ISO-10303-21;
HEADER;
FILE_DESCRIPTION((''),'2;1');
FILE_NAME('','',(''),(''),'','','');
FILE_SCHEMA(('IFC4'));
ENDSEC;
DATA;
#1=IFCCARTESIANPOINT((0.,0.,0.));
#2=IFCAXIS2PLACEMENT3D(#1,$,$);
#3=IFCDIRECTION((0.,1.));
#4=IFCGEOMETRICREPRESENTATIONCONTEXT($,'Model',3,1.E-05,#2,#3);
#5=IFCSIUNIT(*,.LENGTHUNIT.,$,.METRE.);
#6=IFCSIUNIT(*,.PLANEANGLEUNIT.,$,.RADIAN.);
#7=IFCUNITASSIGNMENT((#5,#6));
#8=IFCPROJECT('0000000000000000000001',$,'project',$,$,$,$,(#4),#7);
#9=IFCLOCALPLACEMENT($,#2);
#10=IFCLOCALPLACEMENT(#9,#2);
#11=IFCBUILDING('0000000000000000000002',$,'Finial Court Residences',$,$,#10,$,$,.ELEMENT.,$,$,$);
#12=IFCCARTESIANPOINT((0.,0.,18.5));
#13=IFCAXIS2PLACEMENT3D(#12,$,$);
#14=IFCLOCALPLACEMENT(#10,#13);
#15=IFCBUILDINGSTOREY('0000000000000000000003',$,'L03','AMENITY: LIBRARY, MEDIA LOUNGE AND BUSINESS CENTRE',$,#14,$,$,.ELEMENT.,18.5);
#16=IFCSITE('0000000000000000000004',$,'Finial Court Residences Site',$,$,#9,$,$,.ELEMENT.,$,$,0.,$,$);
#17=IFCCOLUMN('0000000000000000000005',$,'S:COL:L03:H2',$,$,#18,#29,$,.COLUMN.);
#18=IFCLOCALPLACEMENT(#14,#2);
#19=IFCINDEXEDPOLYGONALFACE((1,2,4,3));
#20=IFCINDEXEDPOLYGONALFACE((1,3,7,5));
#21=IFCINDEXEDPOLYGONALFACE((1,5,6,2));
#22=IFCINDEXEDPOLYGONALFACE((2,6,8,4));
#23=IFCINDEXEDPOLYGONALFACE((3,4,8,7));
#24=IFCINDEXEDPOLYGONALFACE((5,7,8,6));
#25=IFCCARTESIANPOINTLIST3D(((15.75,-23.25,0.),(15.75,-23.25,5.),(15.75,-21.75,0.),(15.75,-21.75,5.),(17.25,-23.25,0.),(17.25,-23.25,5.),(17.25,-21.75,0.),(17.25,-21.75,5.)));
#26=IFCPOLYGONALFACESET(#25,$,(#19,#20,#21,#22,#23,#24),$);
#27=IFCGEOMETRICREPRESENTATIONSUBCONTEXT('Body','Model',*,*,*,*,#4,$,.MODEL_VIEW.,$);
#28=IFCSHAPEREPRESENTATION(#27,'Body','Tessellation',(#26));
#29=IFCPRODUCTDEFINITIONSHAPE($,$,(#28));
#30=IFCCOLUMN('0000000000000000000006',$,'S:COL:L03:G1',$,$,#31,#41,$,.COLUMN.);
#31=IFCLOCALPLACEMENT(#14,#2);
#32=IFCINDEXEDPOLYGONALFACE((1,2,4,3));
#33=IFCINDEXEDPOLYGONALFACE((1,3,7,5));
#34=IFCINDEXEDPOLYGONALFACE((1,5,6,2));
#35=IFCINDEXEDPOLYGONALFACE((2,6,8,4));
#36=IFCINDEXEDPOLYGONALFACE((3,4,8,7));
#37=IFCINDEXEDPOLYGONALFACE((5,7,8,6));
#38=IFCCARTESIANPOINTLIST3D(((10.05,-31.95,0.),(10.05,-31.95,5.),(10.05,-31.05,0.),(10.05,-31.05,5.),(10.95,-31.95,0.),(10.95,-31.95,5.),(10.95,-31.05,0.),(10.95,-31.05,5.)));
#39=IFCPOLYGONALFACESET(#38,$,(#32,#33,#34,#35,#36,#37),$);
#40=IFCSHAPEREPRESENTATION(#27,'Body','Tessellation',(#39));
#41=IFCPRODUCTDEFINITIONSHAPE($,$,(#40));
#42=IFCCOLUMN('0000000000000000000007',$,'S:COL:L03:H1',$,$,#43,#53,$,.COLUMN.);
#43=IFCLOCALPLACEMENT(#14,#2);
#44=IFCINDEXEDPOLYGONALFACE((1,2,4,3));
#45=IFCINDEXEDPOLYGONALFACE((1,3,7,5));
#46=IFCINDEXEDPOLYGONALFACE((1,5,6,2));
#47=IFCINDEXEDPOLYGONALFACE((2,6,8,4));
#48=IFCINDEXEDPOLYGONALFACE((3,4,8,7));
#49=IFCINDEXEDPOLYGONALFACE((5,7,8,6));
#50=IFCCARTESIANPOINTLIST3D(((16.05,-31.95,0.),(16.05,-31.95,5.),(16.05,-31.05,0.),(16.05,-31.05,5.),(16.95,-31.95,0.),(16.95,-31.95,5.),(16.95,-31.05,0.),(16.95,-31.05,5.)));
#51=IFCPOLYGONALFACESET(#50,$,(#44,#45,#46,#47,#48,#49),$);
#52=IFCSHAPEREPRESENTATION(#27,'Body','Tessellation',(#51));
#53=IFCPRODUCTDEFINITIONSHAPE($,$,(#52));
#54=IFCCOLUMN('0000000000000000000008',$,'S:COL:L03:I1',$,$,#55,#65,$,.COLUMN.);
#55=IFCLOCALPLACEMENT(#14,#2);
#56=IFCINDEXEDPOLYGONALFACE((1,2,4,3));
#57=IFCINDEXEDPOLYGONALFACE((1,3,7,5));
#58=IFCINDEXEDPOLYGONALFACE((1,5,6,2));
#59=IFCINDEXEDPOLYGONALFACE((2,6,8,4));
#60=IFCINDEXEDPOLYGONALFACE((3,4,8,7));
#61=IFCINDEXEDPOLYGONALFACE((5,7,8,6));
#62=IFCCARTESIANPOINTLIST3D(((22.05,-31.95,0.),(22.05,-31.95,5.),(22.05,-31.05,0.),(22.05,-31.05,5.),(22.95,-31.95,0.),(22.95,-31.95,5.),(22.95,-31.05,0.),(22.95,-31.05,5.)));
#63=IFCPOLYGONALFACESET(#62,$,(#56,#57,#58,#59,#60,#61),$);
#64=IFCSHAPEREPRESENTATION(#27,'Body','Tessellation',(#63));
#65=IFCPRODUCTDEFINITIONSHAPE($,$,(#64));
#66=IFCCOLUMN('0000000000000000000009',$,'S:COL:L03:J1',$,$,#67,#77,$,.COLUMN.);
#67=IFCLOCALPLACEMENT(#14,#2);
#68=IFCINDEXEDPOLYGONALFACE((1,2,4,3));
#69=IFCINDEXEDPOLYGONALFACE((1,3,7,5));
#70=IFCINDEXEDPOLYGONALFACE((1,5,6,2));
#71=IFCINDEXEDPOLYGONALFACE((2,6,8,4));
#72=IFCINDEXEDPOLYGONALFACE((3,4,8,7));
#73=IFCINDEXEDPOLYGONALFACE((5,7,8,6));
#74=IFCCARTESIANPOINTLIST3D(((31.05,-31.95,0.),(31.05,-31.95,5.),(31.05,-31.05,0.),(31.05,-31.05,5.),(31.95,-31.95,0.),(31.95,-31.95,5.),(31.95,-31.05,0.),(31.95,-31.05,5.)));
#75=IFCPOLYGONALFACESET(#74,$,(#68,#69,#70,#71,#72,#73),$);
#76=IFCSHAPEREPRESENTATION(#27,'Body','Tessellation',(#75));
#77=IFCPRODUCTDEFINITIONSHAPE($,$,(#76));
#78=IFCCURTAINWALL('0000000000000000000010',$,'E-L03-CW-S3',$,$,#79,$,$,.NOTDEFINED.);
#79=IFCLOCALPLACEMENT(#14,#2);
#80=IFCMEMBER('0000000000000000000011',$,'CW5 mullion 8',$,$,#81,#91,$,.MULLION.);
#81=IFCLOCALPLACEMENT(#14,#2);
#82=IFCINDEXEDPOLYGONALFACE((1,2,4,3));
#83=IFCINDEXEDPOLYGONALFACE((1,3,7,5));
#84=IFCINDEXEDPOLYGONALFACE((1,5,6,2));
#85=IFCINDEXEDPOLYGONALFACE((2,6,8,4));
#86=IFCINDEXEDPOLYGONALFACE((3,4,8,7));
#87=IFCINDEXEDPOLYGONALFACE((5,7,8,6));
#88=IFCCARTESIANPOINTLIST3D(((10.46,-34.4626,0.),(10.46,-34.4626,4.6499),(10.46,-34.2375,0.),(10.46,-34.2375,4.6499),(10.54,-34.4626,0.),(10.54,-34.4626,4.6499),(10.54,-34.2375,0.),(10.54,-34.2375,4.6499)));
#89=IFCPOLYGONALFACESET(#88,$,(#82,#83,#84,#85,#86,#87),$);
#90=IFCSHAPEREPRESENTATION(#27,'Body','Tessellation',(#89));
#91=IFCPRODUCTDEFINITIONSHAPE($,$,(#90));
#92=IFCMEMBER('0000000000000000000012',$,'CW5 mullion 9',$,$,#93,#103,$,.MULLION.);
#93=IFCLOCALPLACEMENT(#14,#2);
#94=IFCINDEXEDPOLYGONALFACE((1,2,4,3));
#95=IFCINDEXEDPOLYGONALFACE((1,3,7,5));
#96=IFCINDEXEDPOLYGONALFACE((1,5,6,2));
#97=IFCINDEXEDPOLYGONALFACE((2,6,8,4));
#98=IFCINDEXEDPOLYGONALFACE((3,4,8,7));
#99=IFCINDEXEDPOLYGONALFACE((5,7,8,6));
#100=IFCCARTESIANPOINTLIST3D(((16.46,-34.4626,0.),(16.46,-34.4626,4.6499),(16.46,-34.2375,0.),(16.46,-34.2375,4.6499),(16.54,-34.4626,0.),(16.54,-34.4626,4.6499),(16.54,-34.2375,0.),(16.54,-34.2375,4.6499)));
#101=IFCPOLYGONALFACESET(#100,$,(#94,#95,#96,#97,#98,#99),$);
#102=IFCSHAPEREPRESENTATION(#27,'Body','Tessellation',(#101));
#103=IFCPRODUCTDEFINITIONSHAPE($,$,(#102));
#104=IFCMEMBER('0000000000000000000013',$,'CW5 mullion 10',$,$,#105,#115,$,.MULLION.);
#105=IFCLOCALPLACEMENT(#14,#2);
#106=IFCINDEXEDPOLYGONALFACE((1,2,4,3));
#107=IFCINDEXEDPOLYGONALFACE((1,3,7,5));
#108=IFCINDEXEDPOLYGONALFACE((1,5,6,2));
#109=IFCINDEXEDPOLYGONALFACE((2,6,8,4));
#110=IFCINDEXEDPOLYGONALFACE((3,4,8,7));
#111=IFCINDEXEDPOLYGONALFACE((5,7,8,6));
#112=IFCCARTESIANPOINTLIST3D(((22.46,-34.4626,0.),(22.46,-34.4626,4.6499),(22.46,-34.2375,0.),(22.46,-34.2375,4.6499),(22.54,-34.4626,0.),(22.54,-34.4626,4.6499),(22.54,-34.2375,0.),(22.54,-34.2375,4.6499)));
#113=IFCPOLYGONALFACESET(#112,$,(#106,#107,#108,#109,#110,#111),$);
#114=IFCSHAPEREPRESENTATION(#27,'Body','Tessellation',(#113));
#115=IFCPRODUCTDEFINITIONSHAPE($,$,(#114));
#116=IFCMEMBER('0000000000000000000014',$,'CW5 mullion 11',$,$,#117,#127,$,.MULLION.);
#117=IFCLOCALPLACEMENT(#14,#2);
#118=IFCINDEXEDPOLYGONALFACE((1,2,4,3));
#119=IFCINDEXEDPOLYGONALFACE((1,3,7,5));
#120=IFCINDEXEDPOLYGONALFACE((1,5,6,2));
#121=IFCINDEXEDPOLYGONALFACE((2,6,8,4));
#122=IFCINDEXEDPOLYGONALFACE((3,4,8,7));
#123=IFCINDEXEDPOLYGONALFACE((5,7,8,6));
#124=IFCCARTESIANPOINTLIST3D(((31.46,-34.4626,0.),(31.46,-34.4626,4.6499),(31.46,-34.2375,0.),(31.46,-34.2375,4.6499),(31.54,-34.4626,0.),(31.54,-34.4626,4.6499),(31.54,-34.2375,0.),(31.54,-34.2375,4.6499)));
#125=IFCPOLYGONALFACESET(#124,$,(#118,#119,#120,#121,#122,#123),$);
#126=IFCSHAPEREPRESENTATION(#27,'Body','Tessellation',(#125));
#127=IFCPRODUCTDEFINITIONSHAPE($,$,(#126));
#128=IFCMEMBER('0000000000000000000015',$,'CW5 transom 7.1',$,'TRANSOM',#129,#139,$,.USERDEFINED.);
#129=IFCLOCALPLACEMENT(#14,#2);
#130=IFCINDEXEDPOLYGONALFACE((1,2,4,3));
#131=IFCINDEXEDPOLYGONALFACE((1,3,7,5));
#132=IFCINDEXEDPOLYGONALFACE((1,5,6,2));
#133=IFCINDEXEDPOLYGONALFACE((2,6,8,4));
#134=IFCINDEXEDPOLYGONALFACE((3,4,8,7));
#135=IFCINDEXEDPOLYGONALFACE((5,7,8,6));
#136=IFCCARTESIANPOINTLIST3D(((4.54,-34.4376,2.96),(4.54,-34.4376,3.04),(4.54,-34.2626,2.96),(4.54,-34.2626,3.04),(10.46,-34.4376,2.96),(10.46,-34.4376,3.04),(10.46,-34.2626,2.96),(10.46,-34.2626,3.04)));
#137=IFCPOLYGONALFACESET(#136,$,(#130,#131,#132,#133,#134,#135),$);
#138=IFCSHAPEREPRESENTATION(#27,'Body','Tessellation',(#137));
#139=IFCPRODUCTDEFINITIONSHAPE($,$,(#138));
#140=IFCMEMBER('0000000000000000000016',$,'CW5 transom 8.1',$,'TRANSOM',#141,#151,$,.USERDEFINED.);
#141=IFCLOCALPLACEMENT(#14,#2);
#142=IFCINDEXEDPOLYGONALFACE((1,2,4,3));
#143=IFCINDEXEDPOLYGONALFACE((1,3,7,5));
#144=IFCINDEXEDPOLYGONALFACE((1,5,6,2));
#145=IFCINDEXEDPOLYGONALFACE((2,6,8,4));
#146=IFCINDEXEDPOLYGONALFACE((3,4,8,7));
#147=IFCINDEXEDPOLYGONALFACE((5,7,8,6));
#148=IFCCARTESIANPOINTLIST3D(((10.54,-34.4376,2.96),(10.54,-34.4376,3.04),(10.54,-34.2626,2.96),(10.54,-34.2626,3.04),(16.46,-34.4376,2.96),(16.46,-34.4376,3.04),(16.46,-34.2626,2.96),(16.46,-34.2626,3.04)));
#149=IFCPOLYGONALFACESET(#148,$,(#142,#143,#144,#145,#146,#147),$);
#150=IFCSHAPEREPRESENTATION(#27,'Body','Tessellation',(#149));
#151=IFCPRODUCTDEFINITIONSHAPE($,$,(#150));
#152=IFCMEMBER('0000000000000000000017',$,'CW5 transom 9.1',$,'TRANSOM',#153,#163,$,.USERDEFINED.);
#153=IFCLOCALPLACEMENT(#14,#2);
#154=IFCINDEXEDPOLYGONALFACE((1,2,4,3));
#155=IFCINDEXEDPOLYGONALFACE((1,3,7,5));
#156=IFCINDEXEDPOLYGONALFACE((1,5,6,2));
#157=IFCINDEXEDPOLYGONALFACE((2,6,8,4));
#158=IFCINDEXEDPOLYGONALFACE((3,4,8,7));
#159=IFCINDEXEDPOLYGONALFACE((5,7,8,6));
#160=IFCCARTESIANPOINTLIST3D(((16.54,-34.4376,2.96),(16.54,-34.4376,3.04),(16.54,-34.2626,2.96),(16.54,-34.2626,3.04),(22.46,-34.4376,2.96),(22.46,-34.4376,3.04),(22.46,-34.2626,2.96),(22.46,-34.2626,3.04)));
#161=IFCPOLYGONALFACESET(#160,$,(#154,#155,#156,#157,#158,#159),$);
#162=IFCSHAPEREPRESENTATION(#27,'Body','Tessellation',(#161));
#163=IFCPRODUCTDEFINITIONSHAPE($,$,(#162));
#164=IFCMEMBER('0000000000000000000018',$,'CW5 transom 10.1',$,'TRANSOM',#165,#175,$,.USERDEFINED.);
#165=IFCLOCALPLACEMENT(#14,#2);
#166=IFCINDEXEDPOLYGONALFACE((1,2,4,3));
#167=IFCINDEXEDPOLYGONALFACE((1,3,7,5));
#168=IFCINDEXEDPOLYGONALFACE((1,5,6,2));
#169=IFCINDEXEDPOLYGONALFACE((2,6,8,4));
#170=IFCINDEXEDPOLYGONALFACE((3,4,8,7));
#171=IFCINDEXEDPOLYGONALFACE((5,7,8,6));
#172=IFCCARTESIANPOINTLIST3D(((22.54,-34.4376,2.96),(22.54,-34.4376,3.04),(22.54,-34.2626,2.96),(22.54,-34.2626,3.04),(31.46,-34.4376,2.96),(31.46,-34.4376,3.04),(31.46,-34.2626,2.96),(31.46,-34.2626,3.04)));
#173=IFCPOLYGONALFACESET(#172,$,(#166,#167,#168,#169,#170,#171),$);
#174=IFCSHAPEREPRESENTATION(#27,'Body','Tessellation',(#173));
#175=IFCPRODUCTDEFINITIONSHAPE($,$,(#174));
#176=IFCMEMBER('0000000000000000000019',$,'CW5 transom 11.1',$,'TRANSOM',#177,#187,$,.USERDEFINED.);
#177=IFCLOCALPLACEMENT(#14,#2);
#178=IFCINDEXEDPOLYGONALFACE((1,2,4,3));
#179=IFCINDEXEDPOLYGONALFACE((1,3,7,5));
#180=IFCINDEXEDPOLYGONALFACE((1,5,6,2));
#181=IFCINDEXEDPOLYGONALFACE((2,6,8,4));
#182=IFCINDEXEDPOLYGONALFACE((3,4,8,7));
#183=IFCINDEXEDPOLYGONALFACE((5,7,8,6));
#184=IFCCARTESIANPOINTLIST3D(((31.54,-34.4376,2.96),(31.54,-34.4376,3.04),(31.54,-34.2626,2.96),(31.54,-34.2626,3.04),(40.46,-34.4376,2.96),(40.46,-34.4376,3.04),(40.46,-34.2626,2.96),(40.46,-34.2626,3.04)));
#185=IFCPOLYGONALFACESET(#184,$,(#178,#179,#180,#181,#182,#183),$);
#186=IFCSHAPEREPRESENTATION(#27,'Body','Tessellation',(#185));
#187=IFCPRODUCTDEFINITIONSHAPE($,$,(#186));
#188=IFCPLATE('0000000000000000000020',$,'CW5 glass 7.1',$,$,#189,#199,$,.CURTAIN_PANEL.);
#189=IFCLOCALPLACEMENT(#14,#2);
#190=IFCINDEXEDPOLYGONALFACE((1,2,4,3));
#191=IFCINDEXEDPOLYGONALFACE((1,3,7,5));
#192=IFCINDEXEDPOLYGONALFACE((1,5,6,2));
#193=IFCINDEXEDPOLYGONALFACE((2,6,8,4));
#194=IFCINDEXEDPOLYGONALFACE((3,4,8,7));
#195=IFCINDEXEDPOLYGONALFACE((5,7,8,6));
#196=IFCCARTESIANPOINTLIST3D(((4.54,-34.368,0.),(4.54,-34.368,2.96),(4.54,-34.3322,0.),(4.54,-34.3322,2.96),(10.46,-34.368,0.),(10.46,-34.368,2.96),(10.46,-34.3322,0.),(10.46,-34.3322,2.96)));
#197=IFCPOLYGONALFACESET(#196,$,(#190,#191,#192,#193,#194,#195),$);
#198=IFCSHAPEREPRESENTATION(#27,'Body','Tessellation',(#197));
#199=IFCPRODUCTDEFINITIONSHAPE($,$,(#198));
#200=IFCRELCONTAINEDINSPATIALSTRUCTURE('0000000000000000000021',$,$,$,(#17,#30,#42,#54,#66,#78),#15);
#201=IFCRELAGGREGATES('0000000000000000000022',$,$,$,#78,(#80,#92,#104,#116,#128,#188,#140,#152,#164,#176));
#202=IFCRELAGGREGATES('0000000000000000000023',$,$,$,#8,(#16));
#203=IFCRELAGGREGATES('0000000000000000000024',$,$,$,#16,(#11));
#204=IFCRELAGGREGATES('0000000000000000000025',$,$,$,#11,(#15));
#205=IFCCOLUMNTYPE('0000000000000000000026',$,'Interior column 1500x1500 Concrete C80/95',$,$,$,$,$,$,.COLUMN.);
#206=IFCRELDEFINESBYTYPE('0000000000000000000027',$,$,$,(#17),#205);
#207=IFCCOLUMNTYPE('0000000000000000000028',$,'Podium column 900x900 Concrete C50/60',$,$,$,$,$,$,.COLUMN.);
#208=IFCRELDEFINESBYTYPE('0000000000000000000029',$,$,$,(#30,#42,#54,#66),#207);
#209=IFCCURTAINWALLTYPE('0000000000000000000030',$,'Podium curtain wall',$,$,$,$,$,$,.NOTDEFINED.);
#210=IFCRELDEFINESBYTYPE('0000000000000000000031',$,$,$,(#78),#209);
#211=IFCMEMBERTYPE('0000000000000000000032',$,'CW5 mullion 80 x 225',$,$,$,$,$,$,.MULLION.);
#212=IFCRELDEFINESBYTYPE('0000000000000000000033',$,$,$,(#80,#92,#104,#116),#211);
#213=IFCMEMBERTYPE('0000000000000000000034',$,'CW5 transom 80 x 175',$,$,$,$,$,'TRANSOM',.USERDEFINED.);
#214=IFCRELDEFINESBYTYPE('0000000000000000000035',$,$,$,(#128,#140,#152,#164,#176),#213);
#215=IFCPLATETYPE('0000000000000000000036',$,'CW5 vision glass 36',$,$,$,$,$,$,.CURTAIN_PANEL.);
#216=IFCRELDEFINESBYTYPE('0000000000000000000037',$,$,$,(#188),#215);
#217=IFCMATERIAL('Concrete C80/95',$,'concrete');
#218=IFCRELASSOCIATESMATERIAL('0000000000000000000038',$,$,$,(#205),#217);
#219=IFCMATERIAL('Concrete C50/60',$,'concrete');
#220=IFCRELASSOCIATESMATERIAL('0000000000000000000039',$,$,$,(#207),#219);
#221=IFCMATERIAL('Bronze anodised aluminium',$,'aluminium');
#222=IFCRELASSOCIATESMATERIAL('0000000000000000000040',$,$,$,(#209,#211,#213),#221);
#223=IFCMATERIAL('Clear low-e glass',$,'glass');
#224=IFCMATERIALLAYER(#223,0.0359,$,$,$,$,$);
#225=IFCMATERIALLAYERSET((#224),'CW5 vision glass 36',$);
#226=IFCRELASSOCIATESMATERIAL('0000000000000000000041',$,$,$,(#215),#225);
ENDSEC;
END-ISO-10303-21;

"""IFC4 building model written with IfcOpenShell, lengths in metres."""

from ifc_helpers import new_model, si_unit, direction, frame, origin, origin_2d, place, context, subcontext, project, spatial, rectangle, extrude, material, layer, layer_set, material_profile, profile_set, type_object, element, aggregate, save


model = new_model("IFC4")

# Units and contexts
model_context = context("Model", 3, precision=1e-05, world=origin(), true_north=direction((0.0, 1.0)))
body_context = subcontext(model_context, "Body", "Model", "MODEL_VIEW")
ifc_project = project(units=[si_unit("LENGTHUNIT", "METRE"), si_unit("PLANEANGLEUNIT", "RADIAN")], contexts=[model_context])

# Site, building, storey
site_placement = place(None, origin())
site = spatial("IfcSite", under=ifc_project, at=site_placement, Name="Finial Court Residences Site", CompositionType="ELEMENT", RefElevation=0.0)
building_placement = place(site_placement, origin())
building = spatial("IfcBuilding", under=site, at=building_placement, Name="Finial Court Residences", CompositionType="ELEMENT")
storey_placement = place(building_placement, frame((0.0, 0.0, 18.5)))
storey = spatial("IfcBuildingStorey", under=building, at=storey_placement, Name="L03", Description="AMENITY: LIBRARY, MEDIA LOUNGE AND BUSINESS CENTRE", CompositionType="ELEMENT", Elevation=18.5)

# Columns
ifc_material_1 = material(Name="Concrete C80/95", Category="concrete")
ifc_material_profile_1 = material_profile(ifc_material_1, rectangle(XDim=1.5, YDim=1.5, at=origin_2d()), Name="1500x1500")
ifc_profile_set_1 = profile_set([ifc_material_profile_1], Name="Concrete C80/95")
column_type_1 = type_object("IfcColumnType", Name="Interior column 1500x1500 Concrete C80/95", PredefinedType="COLUMN", material=ifc_profile_set_1)
column_placement = place(storey_placement, frame((16.5, -22.5, 0.0), z_axis=(0.0, 0.0, 1.0), x_axis=(1.0, 0.0, 0.0)))
element("IfcColumn", 1, at=column_placement, inside=storey, type_object=column_type_1, Name="S:COL:L03:H2", PredefinedType="COLUMN", context=body_context, shape_type="SweptSolid", body=[
    extrude(rectangle(XDim=1.5, YDim=1.5, at=origin_2d()), origin(), (0.0, 0.0, 1.0), 5.0),
])
ifc_material_2 = material(Name="Concrete C50/60", Category="concrete")
ifc_material_profile_2 = material_profile(ifc_material_2, rectangle(XDim=0.8999, YDim=0.8999, at=origin_2d()), Name="900x900")
ifc_profile_set_2 = profile_set([ifc_material_profile_2], Name="Concrete C50/60")
column_type_2 = type_object("IfcColumnType", Name="Podium column 900x900 Concrete C50/60", PredefinedType="COLUMN", material=ifc_profile_set_2)
for number, where, z_axis, x_axis, name in (
    (2, (10.5, -31.5, 0.0), (0.0, 0.0, 1.0), (1.0, 0.0, 0.0), "S:COL:L03:G1"),
    (3, (16.5, -31.5, 0.0), (0.0, 0.0, 1.0), (1.0, 0.0, 0.0), "S:COL:L03:H1"),
    (4, (22.5, -31.5, 0.0), (0.0, 0.0, 1.0), (1.0, 0.0, 0.0), "S:COL:L03:I1"),
    (5, (31.5, -31.5, 0.0), (0.0, 0.0, 1.0), (1.0, 0.0, 0.0), "S:COL:L03:J1"),
):
    element("IfcColumn", number, at=place(storey_placement, frame(where, z_axis=z_axis, x_axis=x_axis)), inside=storey, type_object=column_type_2, Name=name, PredefinedType="COLUMN", context=body_context, shape_type="SweptSolid", body=[
        extrude(rectangle(XDim=0.8999, YDim=0.8999, at=origin_2d()), origin(), (0.0, 0.0, 1.0), 5.0),
    ])

# Curtain wall, members, plate
ifc_material_3 = material(Name="Bronze anodised aluminium", Category="aluminium")
curtain_wall_type = type_object("IfcCurtainWallType", Name="Podium curtain wall", PredefinedType="NOTDEFINED", material=ifc_material_3)
curtain_wall_placement = place(storey_placement, origin())
curtain_wall = element("IfcCurtainWall", 6, at=curtain_wall_placement, inside=storey, type_object=curtain_wall_type, Name="E-L03-CW-S3", PredefinedType="NOTDEFINED")
ifc_material_profile_3 = material_profile(ifc_material_3, rectangle(XDim=0.2251, YDim=0.0801, at=origin_2d()), Name="CW5 mullion 80 x 225")
ifc_profile_set_3 = profile_set([ifc_material_profile_3], Name="Bronze anodised aluminium")
member_type_1 = type_object("IfcMemberType", Name="CW5 mullion 80 x 225", PredefinedType="MULLION", material=ifc_profile_set_3)
member_1_placement = place(storey_placement, frame((10.5, -34.3501, 0.0), z_axis=(0.0, 0.0, 1.0), x_axis=(0.0, 1.0, 0.0)))
member_1 = element("IfcMember", 7, at=member_1_placement, type_object=member_type_1, Name="CW5 mullion 8", PredefinedType="MULLION", context=body_context, shape_type="SweptSolid", body=[
    extrude(rectangle(XDim=0.2251, YDim=0.0801, at=origin_2d()), origin(), (0.0, 0.0, 1.0), 4.6499),
])
member_2_placement = place(storey_placement, frame((16.5, -34.3501, 0.0), z_axis=(0.0, 0.0, 1.0), x_axis=(0.0, 1.0, 0.0)))
member_2 = element("IfcMember", 8, at=member_2_placement, type_object=member_type_1, Name="CW5 mullion 9", PredefinedType="MULLION", context=body_context, shape_type="SweptSolid", body=[
    extrude(rectangle(XDim=0.2251, YDim=0.0801, at=origin_2d()), origin(), (0.0, 0.0, 1.0), 4.6499),
])
member_3_placement = place(storey_placement, frame((22.5, -34.3501, 0.0), z_axis=(0.0, 0.0, 1.0), x_axis=(0.0, 1.0, 0.0)))
member_3 = element("IfcMember", 9, at=member_3_placement, type_object=member_type_1, Name="CW5 mullion 10", PredefinedType="MULLION", context=body_context, shape_type="SweptSolid", body=[
    extrude(rectangle(XDim=0.2251, YDim=0.0801, at=origin_2d()), origin(), (0.0, 0.0, 1.0), 4.6499),
])
member_4_placement = place(storey_placement, frame((31.5, -34.3501, 0.0), z_axis=(0.0, 0.0, 1.0), x_axis=(0.0, 1.0, 0.0)))
member_4 = element("IfcMember", 10, at=member_4_placement, type_object=member_type_1, Name="CW5 mullion 11", PredefinedType="MULLION", context=body_context, shape_type="SweptSolid", body=[
    extrude(rectangle(XDim=0.2251, YDim=0.0801, at=origin_2d()), origin(), (0.0, 0.0, 1.0), 4.6499),
])
ifc_material_profile_4 = material_profile(ifc_material_3, rectangle(XDim=0.175, YDim=0.0801, at=origin_2d()), Name="CW5 transom 80 x 175")
ifc_profile_set_4 = profile_set([ifc_material_profile_4], Name="Bronze anodised aluminium")
member_type_2 = type_object("IfcMemberType", Name="CW5 transom 80 x 175", ElementType="TRANSOM", PredefinedType="USERDEFINED", material=ifc_profile_set_4)
member_5_placement = place(storey_placement, frame((4.54, -34.3501, 3.0), z_axis=(1.0, 0.0, 0.0), x_axis=(0.0, 1.0, 0.0)))
member_5 = element("IfcMember", 11, at=member_5_placement, type_object=member_type_2, Name="CW5 transom 7.1", ObjectType="TRANSOM", PredefinedType="USERDEFINED", context=body_context, shape_type="SweptSolid", body=[
    extrude(rectangle(XDim=0.175, YDim=0.0801, at=origin_2d()), origin(), (0.0, 0.0, 1.0), 5.9199),
])
member_6_placement = place(storey_placement, frame((10.54, -34.3501, 3.0), z_axis=(1.0, 0.0, 0.0), x_axis=(0.0, 1.0, 0.0)))
member_6 = element("IfcMember", 12, at=member_6_placement, type_object=member_type_2, Name="CW5 transom 8.1", ObjectType="TRANSOM", PredefinedType="USERDEFINED", context=body_context, shape_type="SweptSolid", body=[
    extrude(rectangle(XDim=0.175, YDim=0.0801, at=origin_2d()), origin(), (0.0, 0.0, 1.0), 5.9199),
])
member_7_placement = place(storey_placement, frame((16.54, -34.3501, 3.0), z_axis=(1.0, 0.0, 0.0), x_axis=(0.0, 1.0, 0.0)))
member_7 = element("IfcMember", 13, at=member_7_placement, type_object=member_type_2, Name="CW5 transom 9.1", ObjectType="TRANSOM", PredefinedType="USERDEFINED", context=body_context, shape_type="SweptSolid", body=[
    extrude(rectangle(XDim=0.175, YDim=0.0801, at=origin_2d()), origin(), (0.0, 0.0, 1.0), 5.9199),
])
member_8_placement = place(storey_placement, frame((22.54, -34.3501, 3.0), z_axis=(1.0, 0.0, 0.0), x_axis=(0.0, 1.0, 0.0)))
member_8 = element("IfcMember", 14, at=member_8_placement, type_object=member_type_2, Name="CW5 transom 10.1", ObjectType="TRANSOM", PredefinedType="USERDEFINED", context=body_context, shape_type="SweptSolid", body=[
    extrude(rectangle(XDim=0.175, YDim=0.0801, at=origin_2d()), origin(), (0.0, 0.0, 1.0), 8.9199),
])
member_9_placement = place(storey_placement, frame((31.54, -34.3501, 3.0), z_axis=(1.0, 0.0, 0.0), x_axis=(0.0, 1.0, 0.0)))
member_9 = element("IfcMember", 15, at=member_9_placement, type_object=member_type_2, Name="CW5 transom 11.1", ObjectType="TRANSOM", PredefinedType="USERDEFINED", context=body_context, shape_type="SweptSolid", body=[
    extrude(rectangle(XDim=0.175, YDim=0.0801, at=origin_2d()), origin(), (0.0, 0.0, 1.0), 8.9199),
])
ifc_material_4 = material(Name="Clear low-e glass", Category="glass")
ifc_layer_1 = layer(ifc_material_4, 0.0359)
ifc_layer_set_1 = layer_set([ifc_layer_1], Name="CW5 vision glass 36")
plate_type = type_object("IfcPlateType", Name="CW5 vision glass 36", PredefinedType="CURTAIN_PANEL", material=ifc_layer_set_1)
plate_1_placement = place(storey_placement, frame((7.5, -34.3501, 0.0), z_axis=(0.0, 0.0, 1.0), x_axis=(1.0, 0.0, 0.0)))
plate_1 = element("IfcPlate", 16, at=plate_1_placement, type_object=plate_type, Name="CW5 glass 7.1", PredefinedType="CURTAIN_PANEL", context=body_context, shape_type="SweptSolid", body=[
    extrude(rectangle(XDim=5.9199, YDim=0.0359, at=origin_2d()), origin(), (0.0, 0.0, 1.0), 2.96),
])
aggregate(curtain_wall, [member_1, member_2, member_3, member_4, member_5, plate_1, member_6, member_7, member_8, member_9])

save(model, "model.ifc")
